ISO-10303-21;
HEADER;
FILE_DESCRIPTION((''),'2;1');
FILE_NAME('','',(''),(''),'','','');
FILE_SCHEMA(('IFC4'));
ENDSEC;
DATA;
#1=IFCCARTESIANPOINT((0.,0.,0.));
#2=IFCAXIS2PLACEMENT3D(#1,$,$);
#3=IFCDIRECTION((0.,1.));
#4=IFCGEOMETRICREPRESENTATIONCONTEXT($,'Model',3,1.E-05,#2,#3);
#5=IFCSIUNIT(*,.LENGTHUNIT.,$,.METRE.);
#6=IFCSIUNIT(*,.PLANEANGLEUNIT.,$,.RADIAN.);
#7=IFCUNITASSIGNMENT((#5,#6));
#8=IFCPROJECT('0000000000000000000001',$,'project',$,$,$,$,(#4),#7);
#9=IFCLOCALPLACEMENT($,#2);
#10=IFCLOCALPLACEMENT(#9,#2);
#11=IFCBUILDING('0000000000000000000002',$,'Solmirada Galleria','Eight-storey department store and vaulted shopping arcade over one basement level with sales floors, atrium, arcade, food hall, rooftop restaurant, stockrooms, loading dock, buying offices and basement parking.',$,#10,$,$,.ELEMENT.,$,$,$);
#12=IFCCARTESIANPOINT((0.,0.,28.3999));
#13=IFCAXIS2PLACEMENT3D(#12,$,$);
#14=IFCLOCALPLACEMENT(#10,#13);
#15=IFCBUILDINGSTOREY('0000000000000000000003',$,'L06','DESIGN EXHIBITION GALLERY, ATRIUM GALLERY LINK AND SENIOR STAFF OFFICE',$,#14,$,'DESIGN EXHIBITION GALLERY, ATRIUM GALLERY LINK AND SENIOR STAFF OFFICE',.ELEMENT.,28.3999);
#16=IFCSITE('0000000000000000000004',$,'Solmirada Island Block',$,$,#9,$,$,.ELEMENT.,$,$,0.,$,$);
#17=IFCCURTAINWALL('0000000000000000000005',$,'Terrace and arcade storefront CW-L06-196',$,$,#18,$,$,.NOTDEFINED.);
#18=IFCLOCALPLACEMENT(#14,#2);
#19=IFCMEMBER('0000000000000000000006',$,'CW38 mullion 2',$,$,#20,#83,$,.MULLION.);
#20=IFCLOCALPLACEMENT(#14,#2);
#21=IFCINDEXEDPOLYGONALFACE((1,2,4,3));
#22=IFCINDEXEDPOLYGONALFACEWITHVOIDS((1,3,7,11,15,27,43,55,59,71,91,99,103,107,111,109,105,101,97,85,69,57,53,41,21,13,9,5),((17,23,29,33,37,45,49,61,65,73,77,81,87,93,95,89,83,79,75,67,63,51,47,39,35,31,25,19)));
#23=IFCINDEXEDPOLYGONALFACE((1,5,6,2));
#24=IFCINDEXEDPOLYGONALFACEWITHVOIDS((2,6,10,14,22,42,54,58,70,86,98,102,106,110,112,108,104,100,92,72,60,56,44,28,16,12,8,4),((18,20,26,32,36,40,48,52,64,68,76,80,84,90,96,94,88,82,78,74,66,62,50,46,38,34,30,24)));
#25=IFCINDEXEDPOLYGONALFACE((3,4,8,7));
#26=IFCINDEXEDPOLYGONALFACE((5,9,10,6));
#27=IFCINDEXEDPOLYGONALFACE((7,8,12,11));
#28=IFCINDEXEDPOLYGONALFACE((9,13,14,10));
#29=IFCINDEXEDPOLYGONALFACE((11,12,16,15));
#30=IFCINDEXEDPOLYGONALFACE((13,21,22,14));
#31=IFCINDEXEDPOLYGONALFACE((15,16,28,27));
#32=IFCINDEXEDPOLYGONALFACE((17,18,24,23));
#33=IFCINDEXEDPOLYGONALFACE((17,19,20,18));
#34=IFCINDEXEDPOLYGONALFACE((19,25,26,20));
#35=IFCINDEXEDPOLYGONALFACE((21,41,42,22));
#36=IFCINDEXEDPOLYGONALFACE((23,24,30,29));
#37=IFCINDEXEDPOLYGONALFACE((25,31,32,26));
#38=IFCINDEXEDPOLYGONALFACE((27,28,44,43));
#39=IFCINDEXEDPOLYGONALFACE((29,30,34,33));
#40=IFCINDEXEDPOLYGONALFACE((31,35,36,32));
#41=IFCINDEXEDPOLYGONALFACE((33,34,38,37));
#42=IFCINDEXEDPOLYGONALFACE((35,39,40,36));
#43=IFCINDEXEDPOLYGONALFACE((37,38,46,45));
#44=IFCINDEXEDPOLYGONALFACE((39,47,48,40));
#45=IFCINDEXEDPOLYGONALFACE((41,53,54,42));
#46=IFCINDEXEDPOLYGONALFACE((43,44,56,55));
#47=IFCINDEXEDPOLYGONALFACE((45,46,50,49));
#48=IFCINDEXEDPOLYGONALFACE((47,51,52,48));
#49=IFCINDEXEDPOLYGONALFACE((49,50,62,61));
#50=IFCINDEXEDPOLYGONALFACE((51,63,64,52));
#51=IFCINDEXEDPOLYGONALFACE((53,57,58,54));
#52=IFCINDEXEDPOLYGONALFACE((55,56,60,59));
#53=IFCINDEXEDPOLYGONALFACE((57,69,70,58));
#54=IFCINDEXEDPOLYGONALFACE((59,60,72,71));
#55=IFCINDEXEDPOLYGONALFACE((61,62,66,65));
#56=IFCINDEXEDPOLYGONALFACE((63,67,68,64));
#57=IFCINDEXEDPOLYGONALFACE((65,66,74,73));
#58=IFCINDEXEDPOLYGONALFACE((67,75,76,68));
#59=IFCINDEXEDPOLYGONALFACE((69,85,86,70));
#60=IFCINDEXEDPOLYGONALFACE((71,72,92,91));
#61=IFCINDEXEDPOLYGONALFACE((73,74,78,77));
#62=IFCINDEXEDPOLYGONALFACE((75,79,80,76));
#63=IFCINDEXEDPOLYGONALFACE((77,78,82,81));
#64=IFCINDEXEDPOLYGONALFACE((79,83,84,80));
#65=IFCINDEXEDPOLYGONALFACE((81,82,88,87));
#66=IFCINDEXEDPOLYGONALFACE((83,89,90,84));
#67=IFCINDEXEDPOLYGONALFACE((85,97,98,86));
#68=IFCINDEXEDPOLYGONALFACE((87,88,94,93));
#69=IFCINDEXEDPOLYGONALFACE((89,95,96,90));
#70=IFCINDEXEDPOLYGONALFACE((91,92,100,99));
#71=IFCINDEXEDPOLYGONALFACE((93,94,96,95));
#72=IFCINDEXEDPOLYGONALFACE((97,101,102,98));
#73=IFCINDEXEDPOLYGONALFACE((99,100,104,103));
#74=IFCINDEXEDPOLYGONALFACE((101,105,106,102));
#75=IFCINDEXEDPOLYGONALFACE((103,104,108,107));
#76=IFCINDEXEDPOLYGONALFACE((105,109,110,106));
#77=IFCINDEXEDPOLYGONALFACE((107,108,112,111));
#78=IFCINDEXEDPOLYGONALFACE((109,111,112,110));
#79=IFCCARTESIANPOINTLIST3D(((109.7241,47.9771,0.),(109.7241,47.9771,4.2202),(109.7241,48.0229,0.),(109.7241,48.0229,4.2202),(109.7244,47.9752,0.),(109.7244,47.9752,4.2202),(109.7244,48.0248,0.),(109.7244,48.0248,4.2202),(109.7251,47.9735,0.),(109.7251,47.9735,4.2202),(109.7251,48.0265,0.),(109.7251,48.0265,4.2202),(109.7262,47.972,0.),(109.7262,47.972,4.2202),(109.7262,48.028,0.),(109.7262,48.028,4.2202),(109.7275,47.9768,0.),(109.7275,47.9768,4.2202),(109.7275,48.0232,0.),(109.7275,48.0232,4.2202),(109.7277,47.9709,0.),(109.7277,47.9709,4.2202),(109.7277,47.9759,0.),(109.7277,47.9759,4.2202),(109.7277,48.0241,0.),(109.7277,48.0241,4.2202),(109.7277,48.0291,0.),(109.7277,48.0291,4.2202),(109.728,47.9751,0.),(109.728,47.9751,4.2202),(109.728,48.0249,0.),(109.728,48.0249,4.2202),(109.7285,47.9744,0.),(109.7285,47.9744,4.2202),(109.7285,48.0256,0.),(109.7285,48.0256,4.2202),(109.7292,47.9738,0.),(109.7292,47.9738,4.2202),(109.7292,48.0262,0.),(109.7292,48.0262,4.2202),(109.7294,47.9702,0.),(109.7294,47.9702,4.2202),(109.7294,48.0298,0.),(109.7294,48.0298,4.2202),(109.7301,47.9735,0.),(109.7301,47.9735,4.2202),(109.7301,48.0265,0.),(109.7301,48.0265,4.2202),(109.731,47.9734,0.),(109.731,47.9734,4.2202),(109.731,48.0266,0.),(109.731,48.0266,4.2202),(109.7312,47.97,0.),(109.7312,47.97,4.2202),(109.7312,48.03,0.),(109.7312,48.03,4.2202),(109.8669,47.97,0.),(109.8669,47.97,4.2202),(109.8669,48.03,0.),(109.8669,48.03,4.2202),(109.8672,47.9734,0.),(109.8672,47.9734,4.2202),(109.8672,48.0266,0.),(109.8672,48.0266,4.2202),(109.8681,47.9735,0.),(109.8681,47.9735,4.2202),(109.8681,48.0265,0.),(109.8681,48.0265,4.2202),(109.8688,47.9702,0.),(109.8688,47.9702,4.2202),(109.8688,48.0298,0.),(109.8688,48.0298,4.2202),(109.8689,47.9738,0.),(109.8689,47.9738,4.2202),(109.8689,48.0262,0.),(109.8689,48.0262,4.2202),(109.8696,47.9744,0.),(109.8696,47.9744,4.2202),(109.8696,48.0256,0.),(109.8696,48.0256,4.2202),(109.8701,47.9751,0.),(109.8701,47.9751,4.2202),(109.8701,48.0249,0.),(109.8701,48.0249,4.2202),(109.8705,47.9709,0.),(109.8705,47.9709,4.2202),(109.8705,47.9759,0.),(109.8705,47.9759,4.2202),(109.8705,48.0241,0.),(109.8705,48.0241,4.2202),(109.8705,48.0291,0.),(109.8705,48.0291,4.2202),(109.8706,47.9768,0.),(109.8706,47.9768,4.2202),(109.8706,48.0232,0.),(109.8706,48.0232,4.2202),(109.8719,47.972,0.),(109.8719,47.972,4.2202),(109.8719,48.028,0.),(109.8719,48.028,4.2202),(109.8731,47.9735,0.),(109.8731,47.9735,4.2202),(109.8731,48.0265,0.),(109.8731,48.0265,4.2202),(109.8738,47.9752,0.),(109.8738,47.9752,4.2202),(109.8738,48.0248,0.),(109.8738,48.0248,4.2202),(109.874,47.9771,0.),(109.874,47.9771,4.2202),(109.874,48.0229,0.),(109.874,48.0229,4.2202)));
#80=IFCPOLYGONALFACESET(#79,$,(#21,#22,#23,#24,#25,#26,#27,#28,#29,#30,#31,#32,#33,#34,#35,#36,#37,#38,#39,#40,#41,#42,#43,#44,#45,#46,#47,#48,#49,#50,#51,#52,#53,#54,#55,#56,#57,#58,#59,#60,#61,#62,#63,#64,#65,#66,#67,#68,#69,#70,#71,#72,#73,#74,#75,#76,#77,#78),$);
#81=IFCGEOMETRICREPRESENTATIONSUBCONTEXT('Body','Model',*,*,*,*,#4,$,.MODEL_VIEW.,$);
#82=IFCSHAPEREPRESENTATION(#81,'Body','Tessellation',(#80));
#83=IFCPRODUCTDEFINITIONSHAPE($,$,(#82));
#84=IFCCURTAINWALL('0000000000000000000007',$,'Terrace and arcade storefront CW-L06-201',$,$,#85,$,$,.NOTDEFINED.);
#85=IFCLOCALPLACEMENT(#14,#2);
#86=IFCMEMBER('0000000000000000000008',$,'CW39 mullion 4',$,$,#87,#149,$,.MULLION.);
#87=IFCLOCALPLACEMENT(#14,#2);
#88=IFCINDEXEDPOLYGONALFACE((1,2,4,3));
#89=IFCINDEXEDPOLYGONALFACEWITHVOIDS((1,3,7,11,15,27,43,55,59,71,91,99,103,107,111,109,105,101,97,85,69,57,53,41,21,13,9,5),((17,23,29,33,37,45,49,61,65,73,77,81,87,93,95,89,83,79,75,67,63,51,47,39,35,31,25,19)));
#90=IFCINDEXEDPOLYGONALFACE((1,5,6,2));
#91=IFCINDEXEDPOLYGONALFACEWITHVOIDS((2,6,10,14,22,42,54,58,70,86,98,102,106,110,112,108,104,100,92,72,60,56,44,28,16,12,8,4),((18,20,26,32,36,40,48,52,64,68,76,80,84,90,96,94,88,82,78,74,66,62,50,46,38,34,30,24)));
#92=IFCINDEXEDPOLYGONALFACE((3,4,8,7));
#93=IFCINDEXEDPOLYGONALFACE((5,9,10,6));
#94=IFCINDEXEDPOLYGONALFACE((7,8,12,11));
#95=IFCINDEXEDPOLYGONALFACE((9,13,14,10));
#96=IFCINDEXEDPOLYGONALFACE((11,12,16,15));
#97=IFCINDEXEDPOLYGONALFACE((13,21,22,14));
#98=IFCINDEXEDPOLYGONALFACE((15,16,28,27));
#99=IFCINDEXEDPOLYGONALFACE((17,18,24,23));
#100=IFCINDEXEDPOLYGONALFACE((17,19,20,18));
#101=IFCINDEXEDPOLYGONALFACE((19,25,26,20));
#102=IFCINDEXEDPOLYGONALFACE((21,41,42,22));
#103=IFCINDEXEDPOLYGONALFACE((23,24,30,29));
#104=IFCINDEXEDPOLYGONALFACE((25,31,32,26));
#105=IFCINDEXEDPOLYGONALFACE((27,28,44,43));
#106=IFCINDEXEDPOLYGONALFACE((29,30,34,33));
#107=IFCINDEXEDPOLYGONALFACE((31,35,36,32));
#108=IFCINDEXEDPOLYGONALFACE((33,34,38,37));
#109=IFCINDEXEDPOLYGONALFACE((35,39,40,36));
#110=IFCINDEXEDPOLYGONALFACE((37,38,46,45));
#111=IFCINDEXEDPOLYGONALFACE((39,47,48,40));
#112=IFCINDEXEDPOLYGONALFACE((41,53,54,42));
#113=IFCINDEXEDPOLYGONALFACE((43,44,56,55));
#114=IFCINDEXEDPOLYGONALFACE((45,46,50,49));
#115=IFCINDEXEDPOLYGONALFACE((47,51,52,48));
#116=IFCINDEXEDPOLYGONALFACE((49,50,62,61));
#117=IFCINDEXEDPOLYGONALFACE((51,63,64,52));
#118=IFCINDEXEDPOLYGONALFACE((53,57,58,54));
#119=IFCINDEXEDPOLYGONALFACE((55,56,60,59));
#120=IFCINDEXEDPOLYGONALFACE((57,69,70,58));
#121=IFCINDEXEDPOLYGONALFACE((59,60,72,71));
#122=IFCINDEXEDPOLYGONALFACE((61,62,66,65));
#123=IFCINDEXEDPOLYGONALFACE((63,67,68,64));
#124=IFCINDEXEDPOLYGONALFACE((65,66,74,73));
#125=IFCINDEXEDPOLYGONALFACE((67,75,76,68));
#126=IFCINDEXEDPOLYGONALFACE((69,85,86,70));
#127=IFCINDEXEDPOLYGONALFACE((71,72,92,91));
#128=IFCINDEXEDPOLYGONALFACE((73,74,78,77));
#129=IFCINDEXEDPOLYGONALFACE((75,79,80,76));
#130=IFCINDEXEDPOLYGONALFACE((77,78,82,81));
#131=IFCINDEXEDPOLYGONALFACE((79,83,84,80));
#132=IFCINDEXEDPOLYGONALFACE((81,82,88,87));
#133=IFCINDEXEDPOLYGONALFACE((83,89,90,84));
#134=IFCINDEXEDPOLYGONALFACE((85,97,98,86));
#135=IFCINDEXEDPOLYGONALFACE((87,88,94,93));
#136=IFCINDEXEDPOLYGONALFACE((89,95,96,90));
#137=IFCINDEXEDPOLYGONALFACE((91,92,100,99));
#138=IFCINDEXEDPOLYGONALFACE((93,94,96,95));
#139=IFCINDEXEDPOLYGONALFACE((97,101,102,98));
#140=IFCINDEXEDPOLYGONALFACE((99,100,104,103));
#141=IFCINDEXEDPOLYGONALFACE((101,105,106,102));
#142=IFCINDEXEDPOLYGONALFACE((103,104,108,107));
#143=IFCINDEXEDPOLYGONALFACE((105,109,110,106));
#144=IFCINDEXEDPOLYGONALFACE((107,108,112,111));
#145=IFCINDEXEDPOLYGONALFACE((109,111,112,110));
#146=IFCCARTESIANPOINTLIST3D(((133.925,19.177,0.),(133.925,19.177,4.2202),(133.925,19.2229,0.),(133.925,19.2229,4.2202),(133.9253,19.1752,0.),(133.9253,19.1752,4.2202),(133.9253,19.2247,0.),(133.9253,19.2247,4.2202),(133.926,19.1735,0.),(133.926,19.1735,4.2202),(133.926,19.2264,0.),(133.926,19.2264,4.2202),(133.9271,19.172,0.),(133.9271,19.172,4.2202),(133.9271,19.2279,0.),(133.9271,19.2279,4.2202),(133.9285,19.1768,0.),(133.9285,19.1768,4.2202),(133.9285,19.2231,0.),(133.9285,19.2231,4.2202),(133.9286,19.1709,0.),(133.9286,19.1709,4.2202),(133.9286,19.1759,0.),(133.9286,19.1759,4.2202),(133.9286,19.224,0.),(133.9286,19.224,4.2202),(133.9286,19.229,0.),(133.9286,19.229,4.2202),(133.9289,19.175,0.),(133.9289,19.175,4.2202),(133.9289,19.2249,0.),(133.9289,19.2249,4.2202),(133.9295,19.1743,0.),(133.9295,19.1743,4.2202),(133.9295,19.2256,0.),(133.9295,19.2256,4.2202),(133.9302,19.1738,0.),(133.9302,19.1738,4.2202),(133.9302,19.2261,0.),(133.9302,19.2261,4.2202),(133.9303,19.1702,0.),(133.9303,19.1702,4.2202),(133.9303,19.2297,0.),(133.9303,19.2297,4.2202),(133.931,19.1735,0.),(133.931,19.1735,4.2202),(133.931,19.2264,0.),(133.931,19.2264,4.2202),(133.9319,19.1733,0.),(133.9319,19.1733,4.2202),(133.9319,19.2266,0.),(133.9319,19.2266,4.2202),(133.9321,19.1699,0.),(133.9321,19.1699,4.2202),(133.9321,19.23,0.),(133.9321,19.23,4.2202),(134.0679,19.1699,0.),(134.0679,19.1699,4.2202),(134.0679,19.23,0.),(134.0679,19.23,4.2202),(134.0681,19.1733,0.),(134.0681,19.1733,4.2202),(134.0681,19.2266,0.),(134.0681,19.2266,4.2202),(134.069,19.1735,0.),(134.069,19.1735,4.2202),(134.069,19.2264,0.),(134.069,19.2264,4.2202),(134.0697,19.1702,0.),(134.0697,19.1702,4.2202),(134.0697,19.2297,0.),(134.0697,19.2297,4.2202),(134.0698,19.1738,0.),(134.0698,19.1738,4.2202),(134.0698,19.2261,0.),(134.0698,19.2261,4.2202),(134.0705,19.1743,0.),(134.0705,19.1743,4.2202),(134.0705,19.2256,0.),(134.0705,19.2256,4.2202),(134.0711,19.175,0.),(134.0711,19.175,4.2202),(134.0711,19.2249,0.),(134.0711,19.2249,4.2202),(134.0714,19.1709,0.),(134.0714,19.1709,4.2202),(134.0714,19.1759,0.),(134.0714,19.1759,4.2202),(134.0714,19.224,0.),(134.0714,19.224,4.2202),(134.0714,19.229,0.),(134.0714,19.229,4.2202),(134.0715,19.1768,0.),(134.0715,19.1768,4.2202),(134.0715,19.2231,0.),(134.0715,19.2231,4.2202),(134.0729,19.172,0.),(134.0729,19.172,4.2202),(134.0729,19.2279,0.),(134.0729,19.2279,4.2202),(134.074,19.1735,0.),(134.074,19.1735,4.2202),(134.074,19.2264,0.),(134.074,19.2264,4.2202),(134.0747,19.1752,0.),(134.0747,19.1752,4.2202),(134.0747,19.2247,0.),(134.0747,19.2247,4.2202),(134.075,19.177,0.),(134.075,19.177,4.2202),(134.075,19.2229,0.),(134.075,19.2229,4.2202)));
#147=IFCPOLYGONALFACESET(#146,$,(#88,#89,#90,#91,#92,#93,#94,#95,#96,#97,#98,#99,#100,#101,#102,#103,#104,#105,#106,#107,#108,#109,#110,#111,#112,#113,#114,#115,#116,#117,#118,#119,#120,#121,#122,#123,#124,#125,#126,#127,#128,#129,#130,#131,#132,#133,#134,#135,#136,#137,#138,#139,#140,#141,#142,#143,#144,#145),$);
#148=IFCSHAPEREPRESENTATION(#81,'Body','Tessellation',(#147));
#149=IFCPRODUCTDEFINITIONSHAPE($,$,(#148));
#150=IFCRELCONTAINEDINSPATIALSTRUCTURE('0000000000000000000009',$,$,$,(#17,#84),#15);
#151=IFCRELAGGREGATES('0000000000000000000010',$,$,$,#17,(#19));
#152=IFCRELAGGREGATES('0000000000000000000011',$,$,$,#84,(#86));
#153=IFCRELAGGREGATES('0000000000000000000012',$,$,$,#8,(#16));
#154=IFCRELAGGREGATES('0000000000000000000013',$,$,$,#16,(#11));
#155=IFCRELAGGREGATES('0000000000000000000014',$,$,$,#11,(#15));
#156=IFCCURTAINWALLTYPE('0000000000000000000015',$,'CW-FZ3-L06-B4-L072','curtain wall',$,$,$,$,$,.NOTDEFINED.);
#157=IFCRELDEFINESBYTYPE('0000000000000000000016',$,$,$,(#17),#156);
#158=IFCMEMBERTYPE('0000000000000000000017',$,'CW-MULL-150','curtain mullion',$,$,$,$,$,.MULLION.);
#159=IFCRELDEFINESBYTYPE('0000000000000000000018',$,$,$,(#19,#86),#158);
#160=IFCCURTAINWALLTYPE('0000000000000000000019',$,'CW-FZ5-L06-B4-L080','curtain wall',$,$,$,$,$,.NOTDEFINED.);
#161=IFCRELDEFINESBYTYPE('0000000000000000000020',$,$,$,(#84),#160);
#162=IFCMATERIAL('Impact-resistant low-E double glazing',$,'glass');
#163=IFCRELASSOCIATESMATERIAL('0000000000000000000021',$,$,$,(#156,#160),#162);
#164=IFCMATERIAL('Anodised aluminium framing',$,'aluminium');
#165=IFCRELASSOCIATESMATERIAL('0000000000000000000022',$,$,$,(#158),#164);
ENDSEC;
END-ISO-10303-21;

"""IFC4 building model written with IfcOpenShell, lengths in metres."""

from ifc_helpers import new_model, si_unit, direction, frame, origin, origin_2d, place, context, subcontext, project, spatial, hollow_rectangle, extrude, material, material_profile, profile_set, type_object, element, aggregate, save


model = new_model("IFC4")

# Units and contexts
model_context = context("Model", 3, precision=1e-05, world=origin(), true_north=direction((0.0, 1.0)))
body_context = subcontext(model_context, "Body", "Model", "MODEL_VIEW")
ifc_project = project(units=[si_unit("LENGTHUNIT", "METRE"), si_unit("PLANEANGLEUNIT", "RADIAN")], contexts=[model_context])

# Site, building, storey
site_placement = place(None, origin())
site = spatial("IfcSite", under=ifc_project, at=site_placement, Name="Solmirada Island Block", CompositionType="ELEMENT", RefElevation=0.0)
building_placement = place(site_placement, origin())
building = spatial("IfcBuilding", under=site, at=building_placement, Name="Solmirada Galleria", Description="Eight-storey department store and vaulted shopping arcade over one basement level with sales floors, atrium, arcade, food hall, rooftop restaurant, stockrooms, loading dock, buying offices and basement parking.", CompositionType="ELEMENT")
storey_placement = place(building_placement, frame((0.0, 0.0, 28.3999)))
storey = spatial("IfcBuildingStorey", under=building, at=storey_placement, Name="L06", Description="DESIGN EXHIBITION GALLERY, ATRIUM GALLERY LINK AND SENIOR STAFF OFFICE", LongName="DESIGN EXHIBITION GALLERY, ATRIUM GALLERY LINK AND SENIOR STAFF OFFICE", CompositionType="ELEMENT", Elevation=28.3999)

# Curtain wall, member
ifc_material_1 = material(Name="Impact-resistant low-E double glazing", Category="glass")
curtain_wall_type_1 = type_object("IfcCurtainWallType", Name="CW-FZ3-L06-B4-L072", Description="curtain wall", PredefinedType="NOTDEFINED", material=ifc_material_1)
curtain_wall_1_placement = place(storey_placement, origin())
curtain_wall_1 = element("IfcCurtainWall", 1, at=curtain_wall_1_placement, inside=storey, type_object=curtain_wall_type_1, Name="Terrace and arcade storefront CW-L06-196", PredefinedType="NOTDEFINED")
ifc_material_2 = material(Name="Anodised aluminium framing", Category="aluminium")
ifc_material_profile_1 = material_profile(ifc_material_2, hollow_rectangle(XDim=0.0601, YDim=0.1499, WallThickness=0.0034, InnerFilletRadius=0.0034, OuterFilletRadius=0.0071, at=origin_2d()), Name="ALU-MULL-150X60")
ifc_profile_set_1 = profile_set([ifc_material_profile_1], Name="Anodised aluminium framing")
member_type_1 = type_object("IfcMemberType", Name="CW-MULL-150", Description="curtain mullion", PredefinedType="MULLION", material=ifc_profile_set_1)
member_1_placement = place(storey_placement, frame((109.7991, 48.0, 0.0), z_axis=(0.0, 0.0, 1.0), x_axis=(0.0, -1.0, 0.0)))
member_1 = element("IfcMember", 2, at=member_1_placement, type_object=member_type_1, Name="CW38 mullion 2", PredefinedType="MULLION", context=body_context, shape_type="SweptSolid", body=[
    extrude(hollow_rectangle(XDim=0.0601, YDim=0.1499, WallThickness=0.0034, InnerFilletRadius=0.0034, OuterFilletRadius=0.0071, at=origin_2d()), origin(), (0.0, 0.0, 1.0), 4.2202),
])

# Curtain wall, member
curtain_wall_type_2 = type_object("IfcCurtainWallType", Name="CW-FZ5-L06-B4-L080", Description="curtain wall", PredefinedType="NOTDEFINED", material=ifc_material_1)
curtain_wall_2_placement = place(storey_placement, origin())
curtain_wall_2 = element("IfcCurtainWall", 3, at=curtain_wall_2_placement, inside=storey, type_object=curtain_wall_type_2, Name="Terrace and arcade storefront CW-L06-201", PredefinedType="NOTDEFINED")
member_2_placement = place(storey_placement, frame((134.0, 19.2, 0.0), z_axis=(0.0, 0.0, 1.0), x_axis=(0.0, 1.0, 0.0)))
member_2 = element("IfcMember", 4, at=member_2_placement, type_object=member_type_1, Name="CW39 mullion 4", PredefinedType="MULLION", context=body_context, shape_type="SweptSolid", body=[
    extrude(hollow_rectangle(XDim=0.0601, YDim=0.1499, WallThickness=0.0034, InnerFilletRadius=0.0034, OuterFilletRadius=0.0071, at=origin_2d()), origin(), (0.0, 0.0, 1.0), 4.2202),
])

aggregate(curtain_wall_1, [member_1])
aggregate(curtain_wall_2, [member_2])

save(model, "model.ifc")
